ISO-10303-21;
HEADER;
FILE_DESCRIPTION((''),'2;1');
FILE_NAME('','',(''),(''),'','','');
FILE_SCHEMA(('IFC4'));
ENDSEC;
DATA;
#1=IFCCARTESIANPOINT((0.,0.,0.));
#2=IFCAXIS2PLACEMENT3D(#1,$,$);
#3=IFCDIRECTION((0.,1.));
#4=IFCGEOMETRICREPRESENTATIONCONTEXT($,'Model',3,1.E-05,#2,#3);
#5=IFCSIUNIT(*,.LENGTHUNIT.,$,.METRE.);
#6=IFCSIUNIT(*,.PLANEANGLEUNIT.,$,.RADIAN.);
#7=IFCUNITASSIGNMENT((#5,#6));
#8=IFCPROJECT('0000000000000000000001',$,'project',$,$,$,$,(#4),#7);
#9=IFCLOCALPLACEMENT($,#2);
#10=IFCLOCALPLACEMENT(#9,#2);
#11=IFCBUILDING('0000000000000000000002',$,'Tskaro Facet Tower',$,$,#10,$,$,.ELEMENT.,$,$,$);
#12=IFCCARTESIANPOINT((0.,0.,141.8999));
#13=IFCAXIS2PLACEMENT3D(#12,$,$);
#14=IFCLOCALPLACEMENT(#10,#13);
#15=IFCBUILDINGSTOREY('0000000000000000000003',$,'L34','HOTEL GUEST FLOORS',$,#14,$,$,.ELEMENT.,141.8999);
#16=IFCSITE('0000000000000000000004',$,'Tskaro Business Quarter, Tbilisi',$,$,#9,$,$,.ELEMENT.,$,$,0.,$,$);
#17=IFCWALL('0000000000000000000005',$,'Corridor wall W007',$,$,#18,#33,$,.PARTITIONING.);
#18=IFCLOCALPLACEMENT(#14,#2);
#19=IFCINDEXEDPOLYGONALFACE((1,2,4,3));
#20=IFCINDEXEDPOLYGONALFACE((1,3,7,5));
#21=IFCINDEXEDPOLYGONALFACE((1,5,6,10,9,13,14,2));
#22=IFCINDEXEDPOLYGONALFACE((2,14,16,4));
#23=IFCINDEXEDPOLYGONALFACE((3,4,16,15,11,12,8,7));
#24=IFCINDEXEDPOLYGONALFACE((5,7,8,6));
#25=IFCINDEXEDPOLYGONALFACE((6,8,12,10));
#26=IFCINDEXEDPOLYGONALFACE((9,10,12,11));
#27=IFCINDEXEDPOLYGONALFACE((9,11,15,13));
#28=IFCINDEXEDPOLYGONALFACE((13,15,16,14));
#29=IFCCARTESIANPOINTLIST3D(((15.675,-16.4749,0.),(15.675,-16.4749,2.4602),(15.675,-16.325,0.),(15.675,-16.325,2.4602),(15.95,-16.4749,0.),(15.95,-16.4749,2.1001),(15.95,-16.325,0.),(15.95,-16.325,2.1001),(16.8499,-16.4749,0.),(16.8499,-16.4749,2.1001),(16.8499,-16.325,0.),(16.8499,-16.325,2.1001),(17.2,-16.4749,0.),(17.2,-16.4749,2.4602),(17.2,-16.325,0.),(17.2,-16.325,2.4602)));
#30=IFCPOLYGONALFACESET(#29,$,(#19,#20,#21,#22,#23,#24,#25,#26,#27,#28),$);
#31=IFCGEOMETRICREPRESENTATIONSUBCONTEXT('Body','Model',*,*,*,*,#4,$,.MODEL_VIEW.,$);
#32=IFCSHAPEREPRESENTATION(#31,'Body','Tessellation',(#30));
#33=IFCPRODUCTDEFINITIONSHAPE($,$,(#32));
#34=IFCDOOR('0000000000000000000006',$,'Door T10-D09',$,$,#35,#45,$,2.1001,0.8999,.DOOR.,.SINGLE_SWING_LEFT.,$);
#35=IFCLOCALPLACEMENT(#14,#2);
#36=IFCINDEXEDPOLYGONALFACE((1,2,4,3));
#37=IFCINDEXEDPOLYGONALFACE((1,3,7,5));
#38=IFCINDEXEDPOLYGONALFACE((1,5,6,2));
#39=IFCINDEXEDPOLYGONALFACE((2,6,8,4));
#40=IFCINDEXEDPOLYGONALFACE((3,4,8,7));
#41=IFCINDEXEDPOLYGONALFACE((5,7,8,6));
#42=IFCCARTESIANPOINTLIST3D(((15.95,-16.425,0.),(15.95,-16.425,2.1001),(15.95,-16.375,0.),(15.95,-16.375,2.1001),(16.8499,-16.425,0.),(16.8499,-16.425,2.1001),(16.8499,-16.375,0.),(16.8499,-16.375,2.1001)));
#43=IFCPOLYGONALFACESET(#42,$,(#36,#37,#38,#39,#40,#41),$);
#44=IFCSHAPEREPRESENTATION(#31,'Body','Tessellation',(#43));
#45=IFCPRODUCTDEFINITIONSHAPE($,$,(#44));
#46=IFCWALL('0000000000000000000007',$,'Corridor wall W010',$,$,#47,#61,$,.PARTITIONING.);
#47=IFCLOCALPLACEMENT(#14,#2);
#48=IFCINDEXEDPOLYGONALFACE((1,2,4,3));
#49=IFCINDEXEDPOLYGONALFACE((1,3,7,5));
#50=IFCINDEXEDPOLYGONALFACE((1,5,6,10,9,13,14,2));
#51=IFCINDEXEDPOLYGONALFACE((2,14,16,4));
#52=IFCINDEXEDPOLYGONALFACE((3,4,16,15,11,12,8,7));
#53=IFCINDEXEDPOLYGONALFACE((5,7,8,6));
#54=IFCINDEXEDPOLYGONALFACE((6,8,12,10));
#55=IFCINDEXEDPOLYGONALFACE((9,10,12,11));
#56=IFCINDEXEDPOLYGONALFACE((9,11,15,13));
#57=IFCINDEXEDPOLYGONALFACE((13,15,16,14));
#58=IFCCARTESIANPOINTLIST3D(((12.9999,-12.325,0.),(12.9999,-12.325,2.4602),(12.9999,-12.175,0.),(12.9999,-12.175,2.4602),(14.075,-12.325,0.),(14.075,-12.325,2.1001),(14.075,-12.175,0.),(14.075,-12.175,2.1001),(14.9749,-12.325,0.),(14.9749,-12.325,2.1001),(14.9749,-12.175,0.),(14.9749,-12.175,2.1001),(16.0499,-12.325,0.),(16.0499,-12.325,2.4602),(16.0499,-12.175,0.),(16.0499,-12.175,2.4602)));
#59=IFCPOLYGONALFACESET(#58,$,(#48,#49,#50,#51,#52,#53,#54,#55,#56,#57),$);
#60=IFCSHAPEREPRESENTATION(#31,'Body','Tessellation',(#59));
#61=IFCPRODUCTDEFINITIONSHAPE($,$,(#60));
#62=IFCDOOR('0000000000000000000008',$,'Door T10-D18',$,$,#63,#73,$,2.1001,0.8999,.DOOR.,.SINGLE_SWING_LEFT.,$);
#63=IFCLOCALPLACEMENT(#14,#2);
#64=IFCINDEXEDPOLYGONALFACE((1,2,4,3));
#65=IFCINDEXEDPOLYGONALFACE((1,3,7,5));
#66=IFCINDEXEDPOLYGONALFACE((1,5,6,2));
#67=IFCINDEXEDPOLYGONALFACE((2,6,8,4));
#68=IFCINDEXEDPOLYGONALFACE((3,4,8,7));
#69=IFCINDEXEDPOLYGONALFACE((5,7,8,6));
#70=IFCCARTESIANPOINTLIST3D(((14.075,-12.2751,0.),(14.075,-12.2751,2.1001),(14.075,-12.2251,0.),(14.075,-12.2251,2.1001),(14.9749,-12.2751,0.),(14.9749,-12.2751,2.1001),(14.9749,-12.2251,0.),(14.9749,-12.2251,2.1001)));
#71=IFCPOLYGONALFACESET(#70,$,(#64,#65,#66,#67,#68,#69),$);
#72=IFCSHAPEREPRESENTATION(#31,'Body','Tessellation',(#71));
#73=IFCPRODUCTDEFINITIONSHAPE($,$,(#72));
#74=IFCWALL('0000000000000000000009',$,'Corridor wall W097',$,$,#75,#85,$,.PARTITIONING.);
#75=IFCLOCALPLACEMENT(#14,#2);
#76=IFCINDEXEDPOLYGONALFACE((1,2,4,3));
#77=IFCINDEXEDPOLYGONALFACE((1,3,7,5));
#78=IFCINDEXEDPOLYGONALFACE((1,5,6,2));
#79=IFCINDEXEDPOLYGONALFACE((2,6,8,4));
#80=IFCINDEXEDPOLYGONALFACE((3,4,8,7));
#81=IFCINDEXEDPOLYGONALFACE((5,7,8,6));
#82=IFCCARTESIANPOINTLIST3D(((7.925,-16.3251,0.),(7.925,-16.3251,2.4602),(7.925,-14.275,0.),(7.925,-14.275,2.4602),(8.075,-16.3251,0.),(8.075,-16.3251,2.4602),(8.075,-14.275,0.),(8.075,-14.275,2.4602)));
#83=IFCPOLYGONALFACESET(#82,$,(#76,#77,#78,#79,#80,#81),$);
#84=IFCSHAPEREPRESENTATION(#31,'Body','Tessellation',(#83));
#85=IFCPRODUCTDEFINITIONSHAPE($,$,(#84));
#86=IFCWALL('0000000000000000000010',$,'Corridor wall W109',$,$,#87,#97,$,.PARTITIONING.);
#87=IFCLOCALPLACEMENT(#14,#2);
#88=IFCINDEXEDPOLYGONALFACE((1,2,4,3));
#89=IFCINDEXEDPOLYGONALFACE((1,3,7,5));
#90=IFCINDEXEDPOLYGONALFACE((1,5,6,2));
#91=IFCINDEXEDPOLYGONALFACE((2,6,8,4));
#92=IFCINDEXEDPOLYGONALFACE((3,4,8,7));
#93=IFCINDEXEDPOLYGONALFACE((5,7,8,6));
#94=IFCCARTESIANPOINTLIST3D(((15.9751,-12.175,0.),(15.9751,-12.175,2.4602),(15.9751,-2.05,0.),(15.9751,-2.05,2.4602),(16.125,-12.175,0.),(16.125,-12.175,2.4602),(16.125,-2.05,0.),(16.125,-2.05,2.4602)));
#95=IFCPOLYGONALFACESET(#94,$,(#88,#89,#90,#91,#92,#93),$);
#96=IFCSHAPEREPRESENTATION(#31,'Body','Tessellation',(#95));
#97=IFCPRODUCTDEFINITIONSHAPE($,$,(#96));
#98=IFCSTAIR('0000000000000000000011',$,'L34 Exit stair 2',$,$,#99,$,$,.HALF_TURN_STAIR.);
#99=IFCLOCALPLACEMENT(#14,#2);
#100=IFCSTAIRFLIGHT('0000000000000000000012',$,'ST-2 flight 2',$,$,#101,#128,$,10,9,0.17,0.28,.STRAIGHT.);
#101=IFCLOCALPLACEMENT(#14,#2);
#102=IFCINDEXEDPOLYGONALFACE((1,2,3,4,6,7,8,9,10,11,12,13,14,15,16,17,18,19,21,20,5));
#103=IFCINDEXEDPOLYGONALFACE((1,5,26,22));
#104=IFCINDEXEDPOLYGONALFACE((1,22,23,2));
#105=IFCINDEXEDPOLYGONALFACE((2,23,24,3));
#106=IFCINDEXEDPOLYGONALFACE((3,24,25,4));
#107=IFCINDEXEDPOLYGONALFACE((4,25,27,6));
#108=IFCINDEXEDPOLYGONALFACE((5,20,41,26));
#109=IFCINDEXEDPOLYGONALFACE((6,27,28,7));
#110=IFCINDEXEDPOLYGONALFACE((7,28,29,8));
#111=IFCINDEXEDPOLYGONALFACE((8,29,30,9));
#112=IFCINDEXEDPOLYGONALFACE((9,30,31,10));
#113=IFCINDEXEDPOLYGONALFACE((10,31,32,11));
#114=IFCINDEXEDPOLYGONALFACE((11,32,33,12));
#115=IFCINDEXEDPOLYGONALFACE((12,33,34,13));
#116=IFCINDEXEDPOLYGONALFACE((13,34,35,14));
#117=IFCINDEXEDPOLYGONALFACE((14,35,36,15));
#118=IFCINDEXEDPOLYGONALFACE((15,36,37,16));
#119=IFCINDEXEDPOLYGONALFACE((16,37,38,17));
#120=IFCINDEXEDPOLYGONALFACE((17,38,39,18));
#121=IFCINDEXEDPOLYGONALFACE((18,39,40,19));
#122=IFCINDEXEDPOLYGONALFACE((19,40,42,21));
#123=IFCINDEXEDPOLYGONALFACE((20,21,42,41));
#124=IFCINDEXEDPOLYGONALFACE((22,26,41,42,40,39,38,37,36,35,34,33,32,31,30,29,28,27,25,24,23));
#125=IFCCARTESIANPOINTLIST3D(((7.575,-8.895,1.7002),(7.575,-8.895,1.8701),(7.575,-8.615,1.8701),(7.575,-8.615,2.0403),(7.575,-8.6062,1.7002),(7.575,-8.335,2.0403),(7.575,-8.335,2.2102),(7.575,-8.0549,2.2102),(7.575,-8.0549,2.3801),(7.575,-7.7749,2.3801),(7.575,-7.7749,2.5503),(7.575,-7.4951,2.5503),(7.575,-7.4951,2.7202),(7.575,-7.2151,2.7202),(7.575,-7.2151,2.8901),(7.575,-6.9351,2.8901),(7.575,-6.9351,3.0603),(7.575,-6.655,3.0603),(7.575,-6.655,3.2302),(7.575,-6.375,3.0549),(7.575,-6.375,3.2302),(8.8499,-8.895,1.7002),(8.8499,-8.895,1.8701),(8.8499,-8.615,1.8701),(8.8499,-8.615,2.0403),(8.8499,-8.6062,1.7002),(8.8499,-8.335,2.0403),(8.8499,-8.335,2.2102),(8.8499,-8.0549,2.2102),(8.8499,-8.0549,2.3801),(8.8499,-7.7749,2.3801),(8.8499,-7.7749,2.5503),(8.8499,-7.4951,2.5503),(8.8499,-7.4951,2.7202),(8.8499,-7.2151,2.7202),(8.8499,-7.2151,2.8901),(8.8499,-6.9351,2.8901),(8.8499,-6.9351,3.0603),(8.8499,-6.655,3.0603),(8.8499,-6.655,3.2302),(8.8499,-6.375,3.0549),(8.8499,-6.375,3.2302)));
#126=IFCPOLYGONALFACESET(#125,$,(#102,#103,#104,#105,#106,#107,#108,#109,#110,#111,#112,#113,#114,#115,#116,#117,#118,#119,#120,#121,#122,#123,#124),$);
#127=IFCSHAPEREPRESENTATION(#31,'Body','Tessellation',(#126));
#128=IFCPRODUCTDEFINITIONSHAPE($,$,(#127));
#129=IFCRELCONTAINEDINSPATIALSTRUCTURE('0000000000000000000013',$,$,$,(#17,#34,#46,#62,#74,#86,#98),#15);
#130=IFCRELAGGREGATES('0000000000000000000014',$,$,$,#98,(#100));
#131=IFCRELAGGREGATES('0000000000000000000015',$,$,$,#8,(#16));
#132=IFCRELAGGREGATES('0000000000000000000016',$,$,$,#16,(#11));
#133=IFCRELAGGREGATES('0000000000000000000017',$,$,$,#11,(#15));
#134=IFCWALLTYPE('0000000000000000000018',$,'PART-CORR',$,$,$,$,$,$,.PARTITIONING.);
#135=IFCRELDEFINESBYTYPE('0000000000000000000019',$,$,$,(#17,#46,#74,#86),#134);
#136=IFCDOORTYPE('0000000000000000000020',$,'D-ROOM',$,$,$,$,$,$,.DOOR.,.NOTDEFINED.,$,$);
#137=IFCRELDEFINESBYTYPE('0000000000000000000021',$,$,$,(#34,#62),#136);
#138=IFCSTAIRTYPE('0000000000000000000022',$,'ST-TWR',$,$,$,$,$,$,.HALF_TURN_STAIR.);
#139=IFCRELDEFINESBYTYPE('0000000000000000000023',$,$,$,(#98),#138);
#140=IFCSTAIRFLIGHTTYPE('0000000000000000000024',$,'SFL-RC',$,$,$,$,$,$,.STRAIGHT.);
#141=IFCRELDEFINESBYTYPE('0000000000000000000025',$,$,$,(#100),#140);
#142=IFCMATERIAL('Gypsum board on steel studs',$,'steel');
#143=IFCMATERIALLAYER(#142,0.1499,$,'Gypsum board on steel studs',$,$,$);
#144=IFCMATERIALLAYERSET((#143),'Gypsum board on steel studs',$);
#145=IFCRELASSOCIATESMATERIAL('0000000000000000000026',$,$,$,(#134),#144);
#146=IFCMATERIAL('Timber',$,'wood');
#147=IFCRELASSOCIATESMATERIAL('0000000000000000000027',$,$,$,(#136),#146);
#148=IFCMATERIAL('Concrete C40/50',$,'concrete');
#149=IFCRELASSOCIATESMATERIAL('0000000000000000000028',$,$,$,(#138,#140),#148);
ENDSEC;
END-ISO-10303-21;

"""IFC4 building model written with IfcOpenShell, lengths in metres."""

from ifc_helpers import new_model, si_unit, direction, frame, frame_2d, origin, place, context, subcontext, project, spatial, polyline, rectangle, outline, extrude, material, layer, layer_set, type_object, element, fill, aggregate, save


model = new_model("IFC4")

# Units and contexts
model_context = context("Model", 3, precision=1e-05, world=origin(), true_north=direction((0.0, 1.0)))
body_context = subcontext(model_context, "Body", "Model", "MODEL_VIEW")
ifc_project = project(units=[si_unit("LENGTHUNIT", "METRE"), si_unit("PLANEANGLEUNIT", "RADIAN")], contexts=[model_context])

# Site, building, storey
site_placement = place(None, origin())
site = spatial("IfcSite", under=ifc_project, at=site_placement, Name="Tskaro Business Quarter, Tbilisi", CompositionType="ELEMENT", RefElevation=0.0)
building_placement = place(site_placement, origin())
building = spatial("IfcBuilding", under=site, at=building_placement, Name="Tskaro Facet Tower", CompositionType="ELEMENT")
storey_placement = place(building_placement, frame((0.0, 0.0, 141.8999)))
storey = spatial("IfcBuildingStorey", under=building, at=storey_placement, Name="L34", Description="HOTEL GUEST FLOORS", CompositionType="ELEMENT", Elevation=141.8999)

# Shared definitions
ifc_material_1 = material(Name="Concrete C40/50", Category="concrete")

# Walls, openings, doors
ifc_material_2 = material(Name="Gypsum board on steel studs", Category="steel")
ifc_layer_1 = layer(ifc_material_2, 0.1499, Name="Gypsum board on steel studs")
ifc_layer_set_1 = layer_set([ifc_layer_1], Name="Gypsum board on steel studs")
wall_type_1 = type_object("IfcWallType", Name="PART-CORR", PredefinedType="PARTITIONING", material=ifc_layer_set_1)
wall_1_placement = place(storey_placement, frame((15.675, -16.3999, 0.0), z_axis=(0.0, 0.0, 1.0), x_axis=(1.0, 0.0, 0.0)))
wall_1 = element("IfcWall", 1, at=wall_1_placement, inside=storey, type_object=wall_type_1, Name="Corridor wall W007", PredefinedType="PARTITIONING", context=body_context, shape_type="SweptSolid", body=[
    extrude(rectangle(XDim=1.5249, YDim=0.1499, at=frame_2d((0.7625, 0.0))), origin(), (0.0, 0.0, 1.0), 2.4602),
])
opening_1_placement = place(wall_1_placement, frame((0.2749, 0.0, 0.0)))
opening_1 = element("IfcOpeningElement", 2, at=opening_1_placement, cuts=wall_1, PredefinedType="OPENING", context=body_context, shape_type="SweptSolid", body=[
    extrude(rectangle(XDim=0.8999, YDim=2.1001, at=frame_2d((0.45, 1.05))), frame((0.0, 0.085, 0.0), z_axis=(0.0, -1.0, 0.0), x_axis=(1.0, 0.0, 0.0)), (0.0, 0.0, 1.0), 0.1699),
])
ifc_material_3 = material(Name="Timber", Category="wood")
door_type_1 = type_object("IfcDoorType", Name="D-ROOM", OperationType="NOTDEFINED", PredefinedType="DOOR", material=ifc_material_3)
door_1_placement = place(opening_1_placement, origin())
door_1 = element("IfcDoor", 3, at=door_1_placement, inside=storey, type_object=door_type_1, Name="Door T10-D09", OperationType="SINGLE_SWING_LEFT", OverallHeight=2.1001, OverallWidth=0.8999, PredefinedType="DOOR", context=body_context, shape_type="SweptSolid", body=[
    extrude(rectangle(XDim=0.8999, YDim=2.1001, at=frame_2d((0.45, 1.05))), frame((0.0, 0.0249, 0.0), z_axis=(0.0, -1.0, 0.0), x_axis=(1.0, 0.0, 0.0)), (0.0, 0.0, 1.0), 0.05),
])
fill(opening_1, door_1)
wall_2_placement = place(storey_placement, frame((13.0, -12.25, 0.0), z_axis=(0.0, 0.0, 1.0), x_axis=(1.0, 0.0, 0.0)))
wall_2 = element("IfcWall", 4, at=wall_2_placement, inside=storey, type_object=wall_type_1, Name="Corridor wall W010", PredefinedType="PARTITIONING", context=body_context, shape_type="SweptSolid", body=[
    extrude(rectangle(XDim=3.05, YDim=0.1499, at=frame_2d((1.5249, 0.0))), origin(), (0.0, 0.0, 1.0), 2.4602),
])
opening_2_placement = place(wall_2_placement, frame((1.075, 0.0, 0.0)))
opening_2 = element("IfcOpeningElement", 5, at=opening_2_placement, cuts=wall_2, PredefinedType="OPENING", context=body_context, shape_type="SweptSolid", body=[
    extrude(rectangle(XDim=0.8999, YDim=2.1001, at=frame_2d((0.45, 1.05))), frame((0.0, 0.085, 0.0), z_axis=(0.0, -1.0, 0.0), x_axis=(1.0, 0.0, 0.0)), (0.0, 0.0, 1.0), 0.1699),
])
door_2_placement = place(opening_2_placement, origin())
door_2 = element("IfcDoor", 6, at=door_2_placement, inside=storey, type_object=door_type_1, Name="Door T10-D18", OperationType="SINGLE_SWING_LEFT", OverallHeight=2.1001, OverallWidth=0.8999, PredefinedType="DOOR", context=body_context, shape_type="SweptSolid", body=[
    extrude(rectangle(XDim=0.8999, YDim=2.1001, at=frame_2d((0.45, 1.05))), frame((0.0, 0.0249, 0.0), z_axis=(0.0, -1.0, 0.0), x_axis=(1.0, 0.0, 0.0)), (0.0, 0.0, 1.0), 0.05),
])
fill(opening_2, door_2)

# Walls
wall_3_placement = place(storey_placement, frame((8.0, -16.325, 0.0), z_axis=(0.0, 0.0, 1.0), x_axis=(0.0, 1.0, 0.0)))
element("IfcWall", 7, at=wall_3_placement, inside=storey, type_object=wall_type_1, Name="Corridor wall W097", PredefinedType="PARTITIONING", context=body_context, shape_type="SweptSolid", body=[
    extrude(rectangle(XDim=2.05, YDim=0.1499, at=frame_2d((1.0249, 0.0))), origin(), (0.0, 0.0, 1.0), 2.4602),
])
wall_4_placement = place(storey_placement, frame((16.05, -12.175, 0.0), z_axis=(0.0, 0.0, 1.0), x_axis=(0.0, 1.0, 0.0)))
element("IfcWall", 8, at=wall_4_placement, inside=storey, type_object=wall_type_1, Name="Corridor wall W109", PredefinedType="PARTITIONING", context=body_context, shape_type="SweptSolid", body=[
    extrude(rectangle(XDim=10.125, YDim=0.1499, at=frame_2d((5.0625, 0.0))), origin(), (0.0, 0.0, 1.0), 2.4602),
])

# Stair, stair flight
stair_type = type_object("IfcStairType", Name="ST-TWR", PredefinedType="HALF_TURN_STAIR", material=ifc_material_1)
stair_placement = place(storey_placement, origin())
stair = element("IfcStair", 9, at=stair_placement, inside=storey, type_object=stair_type, Name="L34 Exit stair 2", PredefinedType="HALF_TURN_STAIR")
stair_flight_type = type_object("IfcStairFlightType", Name="SFL-RC", PredefinedType="STRAIGHT", material=ifc_material_1)
stair_flight_placement = place(storey_placement, frame((8.2124, -8.895, 1.7002), z_axis=(0.0, 0.0, 1.0), x_axis=(0.0, 1.0, 0.0)))
stair_flight = element("IfcStairFlight", 10, at=stair_flight_placement, type_object=stair_flight_type, Name="ST-2 flight 2", NumberOfRisers=10, NumberOfTreads=9, PredefinedType="STRAIGHT", RiserHeight=0.17, TreadLength=0.28, context=body_context, shape_type="SweptSolid", body=[
    extrude(outline(polyline([(0.0, 0.0), (0.0, 0.1699), (0.28, 0.1699), (0.28, 0.3401), (0.5601, 0.3401), (0.5601, 0.51), (0.8401, 0.51), (0.8401, 0.6799), (1.1201, 0.6799), (1.1201, 0.8501), (1.3999, 0.8501), (1.3999, 1.02), (1.6799, 1.02), (1.6799, 1.1899), (1.96, 1.1899), (1.96, 1.3601), (2.24, 1.3601), (2.24, 1.53), (2.52, 1.53), (2.52, 1.7), (2.52, 1.3547), (0.2888, 0.0), (0.0, 0.0)])), frame((0.0, 0.6375, 0.0), z_axis=(0.0, -1.0, 0.0), x_axis=(1.0, 0.0, 0.0)), (0.0, 0.0, 1.0), 1.2749),
])
aggregate(stair, [stair_flight])

save(model, "model.ifc")
